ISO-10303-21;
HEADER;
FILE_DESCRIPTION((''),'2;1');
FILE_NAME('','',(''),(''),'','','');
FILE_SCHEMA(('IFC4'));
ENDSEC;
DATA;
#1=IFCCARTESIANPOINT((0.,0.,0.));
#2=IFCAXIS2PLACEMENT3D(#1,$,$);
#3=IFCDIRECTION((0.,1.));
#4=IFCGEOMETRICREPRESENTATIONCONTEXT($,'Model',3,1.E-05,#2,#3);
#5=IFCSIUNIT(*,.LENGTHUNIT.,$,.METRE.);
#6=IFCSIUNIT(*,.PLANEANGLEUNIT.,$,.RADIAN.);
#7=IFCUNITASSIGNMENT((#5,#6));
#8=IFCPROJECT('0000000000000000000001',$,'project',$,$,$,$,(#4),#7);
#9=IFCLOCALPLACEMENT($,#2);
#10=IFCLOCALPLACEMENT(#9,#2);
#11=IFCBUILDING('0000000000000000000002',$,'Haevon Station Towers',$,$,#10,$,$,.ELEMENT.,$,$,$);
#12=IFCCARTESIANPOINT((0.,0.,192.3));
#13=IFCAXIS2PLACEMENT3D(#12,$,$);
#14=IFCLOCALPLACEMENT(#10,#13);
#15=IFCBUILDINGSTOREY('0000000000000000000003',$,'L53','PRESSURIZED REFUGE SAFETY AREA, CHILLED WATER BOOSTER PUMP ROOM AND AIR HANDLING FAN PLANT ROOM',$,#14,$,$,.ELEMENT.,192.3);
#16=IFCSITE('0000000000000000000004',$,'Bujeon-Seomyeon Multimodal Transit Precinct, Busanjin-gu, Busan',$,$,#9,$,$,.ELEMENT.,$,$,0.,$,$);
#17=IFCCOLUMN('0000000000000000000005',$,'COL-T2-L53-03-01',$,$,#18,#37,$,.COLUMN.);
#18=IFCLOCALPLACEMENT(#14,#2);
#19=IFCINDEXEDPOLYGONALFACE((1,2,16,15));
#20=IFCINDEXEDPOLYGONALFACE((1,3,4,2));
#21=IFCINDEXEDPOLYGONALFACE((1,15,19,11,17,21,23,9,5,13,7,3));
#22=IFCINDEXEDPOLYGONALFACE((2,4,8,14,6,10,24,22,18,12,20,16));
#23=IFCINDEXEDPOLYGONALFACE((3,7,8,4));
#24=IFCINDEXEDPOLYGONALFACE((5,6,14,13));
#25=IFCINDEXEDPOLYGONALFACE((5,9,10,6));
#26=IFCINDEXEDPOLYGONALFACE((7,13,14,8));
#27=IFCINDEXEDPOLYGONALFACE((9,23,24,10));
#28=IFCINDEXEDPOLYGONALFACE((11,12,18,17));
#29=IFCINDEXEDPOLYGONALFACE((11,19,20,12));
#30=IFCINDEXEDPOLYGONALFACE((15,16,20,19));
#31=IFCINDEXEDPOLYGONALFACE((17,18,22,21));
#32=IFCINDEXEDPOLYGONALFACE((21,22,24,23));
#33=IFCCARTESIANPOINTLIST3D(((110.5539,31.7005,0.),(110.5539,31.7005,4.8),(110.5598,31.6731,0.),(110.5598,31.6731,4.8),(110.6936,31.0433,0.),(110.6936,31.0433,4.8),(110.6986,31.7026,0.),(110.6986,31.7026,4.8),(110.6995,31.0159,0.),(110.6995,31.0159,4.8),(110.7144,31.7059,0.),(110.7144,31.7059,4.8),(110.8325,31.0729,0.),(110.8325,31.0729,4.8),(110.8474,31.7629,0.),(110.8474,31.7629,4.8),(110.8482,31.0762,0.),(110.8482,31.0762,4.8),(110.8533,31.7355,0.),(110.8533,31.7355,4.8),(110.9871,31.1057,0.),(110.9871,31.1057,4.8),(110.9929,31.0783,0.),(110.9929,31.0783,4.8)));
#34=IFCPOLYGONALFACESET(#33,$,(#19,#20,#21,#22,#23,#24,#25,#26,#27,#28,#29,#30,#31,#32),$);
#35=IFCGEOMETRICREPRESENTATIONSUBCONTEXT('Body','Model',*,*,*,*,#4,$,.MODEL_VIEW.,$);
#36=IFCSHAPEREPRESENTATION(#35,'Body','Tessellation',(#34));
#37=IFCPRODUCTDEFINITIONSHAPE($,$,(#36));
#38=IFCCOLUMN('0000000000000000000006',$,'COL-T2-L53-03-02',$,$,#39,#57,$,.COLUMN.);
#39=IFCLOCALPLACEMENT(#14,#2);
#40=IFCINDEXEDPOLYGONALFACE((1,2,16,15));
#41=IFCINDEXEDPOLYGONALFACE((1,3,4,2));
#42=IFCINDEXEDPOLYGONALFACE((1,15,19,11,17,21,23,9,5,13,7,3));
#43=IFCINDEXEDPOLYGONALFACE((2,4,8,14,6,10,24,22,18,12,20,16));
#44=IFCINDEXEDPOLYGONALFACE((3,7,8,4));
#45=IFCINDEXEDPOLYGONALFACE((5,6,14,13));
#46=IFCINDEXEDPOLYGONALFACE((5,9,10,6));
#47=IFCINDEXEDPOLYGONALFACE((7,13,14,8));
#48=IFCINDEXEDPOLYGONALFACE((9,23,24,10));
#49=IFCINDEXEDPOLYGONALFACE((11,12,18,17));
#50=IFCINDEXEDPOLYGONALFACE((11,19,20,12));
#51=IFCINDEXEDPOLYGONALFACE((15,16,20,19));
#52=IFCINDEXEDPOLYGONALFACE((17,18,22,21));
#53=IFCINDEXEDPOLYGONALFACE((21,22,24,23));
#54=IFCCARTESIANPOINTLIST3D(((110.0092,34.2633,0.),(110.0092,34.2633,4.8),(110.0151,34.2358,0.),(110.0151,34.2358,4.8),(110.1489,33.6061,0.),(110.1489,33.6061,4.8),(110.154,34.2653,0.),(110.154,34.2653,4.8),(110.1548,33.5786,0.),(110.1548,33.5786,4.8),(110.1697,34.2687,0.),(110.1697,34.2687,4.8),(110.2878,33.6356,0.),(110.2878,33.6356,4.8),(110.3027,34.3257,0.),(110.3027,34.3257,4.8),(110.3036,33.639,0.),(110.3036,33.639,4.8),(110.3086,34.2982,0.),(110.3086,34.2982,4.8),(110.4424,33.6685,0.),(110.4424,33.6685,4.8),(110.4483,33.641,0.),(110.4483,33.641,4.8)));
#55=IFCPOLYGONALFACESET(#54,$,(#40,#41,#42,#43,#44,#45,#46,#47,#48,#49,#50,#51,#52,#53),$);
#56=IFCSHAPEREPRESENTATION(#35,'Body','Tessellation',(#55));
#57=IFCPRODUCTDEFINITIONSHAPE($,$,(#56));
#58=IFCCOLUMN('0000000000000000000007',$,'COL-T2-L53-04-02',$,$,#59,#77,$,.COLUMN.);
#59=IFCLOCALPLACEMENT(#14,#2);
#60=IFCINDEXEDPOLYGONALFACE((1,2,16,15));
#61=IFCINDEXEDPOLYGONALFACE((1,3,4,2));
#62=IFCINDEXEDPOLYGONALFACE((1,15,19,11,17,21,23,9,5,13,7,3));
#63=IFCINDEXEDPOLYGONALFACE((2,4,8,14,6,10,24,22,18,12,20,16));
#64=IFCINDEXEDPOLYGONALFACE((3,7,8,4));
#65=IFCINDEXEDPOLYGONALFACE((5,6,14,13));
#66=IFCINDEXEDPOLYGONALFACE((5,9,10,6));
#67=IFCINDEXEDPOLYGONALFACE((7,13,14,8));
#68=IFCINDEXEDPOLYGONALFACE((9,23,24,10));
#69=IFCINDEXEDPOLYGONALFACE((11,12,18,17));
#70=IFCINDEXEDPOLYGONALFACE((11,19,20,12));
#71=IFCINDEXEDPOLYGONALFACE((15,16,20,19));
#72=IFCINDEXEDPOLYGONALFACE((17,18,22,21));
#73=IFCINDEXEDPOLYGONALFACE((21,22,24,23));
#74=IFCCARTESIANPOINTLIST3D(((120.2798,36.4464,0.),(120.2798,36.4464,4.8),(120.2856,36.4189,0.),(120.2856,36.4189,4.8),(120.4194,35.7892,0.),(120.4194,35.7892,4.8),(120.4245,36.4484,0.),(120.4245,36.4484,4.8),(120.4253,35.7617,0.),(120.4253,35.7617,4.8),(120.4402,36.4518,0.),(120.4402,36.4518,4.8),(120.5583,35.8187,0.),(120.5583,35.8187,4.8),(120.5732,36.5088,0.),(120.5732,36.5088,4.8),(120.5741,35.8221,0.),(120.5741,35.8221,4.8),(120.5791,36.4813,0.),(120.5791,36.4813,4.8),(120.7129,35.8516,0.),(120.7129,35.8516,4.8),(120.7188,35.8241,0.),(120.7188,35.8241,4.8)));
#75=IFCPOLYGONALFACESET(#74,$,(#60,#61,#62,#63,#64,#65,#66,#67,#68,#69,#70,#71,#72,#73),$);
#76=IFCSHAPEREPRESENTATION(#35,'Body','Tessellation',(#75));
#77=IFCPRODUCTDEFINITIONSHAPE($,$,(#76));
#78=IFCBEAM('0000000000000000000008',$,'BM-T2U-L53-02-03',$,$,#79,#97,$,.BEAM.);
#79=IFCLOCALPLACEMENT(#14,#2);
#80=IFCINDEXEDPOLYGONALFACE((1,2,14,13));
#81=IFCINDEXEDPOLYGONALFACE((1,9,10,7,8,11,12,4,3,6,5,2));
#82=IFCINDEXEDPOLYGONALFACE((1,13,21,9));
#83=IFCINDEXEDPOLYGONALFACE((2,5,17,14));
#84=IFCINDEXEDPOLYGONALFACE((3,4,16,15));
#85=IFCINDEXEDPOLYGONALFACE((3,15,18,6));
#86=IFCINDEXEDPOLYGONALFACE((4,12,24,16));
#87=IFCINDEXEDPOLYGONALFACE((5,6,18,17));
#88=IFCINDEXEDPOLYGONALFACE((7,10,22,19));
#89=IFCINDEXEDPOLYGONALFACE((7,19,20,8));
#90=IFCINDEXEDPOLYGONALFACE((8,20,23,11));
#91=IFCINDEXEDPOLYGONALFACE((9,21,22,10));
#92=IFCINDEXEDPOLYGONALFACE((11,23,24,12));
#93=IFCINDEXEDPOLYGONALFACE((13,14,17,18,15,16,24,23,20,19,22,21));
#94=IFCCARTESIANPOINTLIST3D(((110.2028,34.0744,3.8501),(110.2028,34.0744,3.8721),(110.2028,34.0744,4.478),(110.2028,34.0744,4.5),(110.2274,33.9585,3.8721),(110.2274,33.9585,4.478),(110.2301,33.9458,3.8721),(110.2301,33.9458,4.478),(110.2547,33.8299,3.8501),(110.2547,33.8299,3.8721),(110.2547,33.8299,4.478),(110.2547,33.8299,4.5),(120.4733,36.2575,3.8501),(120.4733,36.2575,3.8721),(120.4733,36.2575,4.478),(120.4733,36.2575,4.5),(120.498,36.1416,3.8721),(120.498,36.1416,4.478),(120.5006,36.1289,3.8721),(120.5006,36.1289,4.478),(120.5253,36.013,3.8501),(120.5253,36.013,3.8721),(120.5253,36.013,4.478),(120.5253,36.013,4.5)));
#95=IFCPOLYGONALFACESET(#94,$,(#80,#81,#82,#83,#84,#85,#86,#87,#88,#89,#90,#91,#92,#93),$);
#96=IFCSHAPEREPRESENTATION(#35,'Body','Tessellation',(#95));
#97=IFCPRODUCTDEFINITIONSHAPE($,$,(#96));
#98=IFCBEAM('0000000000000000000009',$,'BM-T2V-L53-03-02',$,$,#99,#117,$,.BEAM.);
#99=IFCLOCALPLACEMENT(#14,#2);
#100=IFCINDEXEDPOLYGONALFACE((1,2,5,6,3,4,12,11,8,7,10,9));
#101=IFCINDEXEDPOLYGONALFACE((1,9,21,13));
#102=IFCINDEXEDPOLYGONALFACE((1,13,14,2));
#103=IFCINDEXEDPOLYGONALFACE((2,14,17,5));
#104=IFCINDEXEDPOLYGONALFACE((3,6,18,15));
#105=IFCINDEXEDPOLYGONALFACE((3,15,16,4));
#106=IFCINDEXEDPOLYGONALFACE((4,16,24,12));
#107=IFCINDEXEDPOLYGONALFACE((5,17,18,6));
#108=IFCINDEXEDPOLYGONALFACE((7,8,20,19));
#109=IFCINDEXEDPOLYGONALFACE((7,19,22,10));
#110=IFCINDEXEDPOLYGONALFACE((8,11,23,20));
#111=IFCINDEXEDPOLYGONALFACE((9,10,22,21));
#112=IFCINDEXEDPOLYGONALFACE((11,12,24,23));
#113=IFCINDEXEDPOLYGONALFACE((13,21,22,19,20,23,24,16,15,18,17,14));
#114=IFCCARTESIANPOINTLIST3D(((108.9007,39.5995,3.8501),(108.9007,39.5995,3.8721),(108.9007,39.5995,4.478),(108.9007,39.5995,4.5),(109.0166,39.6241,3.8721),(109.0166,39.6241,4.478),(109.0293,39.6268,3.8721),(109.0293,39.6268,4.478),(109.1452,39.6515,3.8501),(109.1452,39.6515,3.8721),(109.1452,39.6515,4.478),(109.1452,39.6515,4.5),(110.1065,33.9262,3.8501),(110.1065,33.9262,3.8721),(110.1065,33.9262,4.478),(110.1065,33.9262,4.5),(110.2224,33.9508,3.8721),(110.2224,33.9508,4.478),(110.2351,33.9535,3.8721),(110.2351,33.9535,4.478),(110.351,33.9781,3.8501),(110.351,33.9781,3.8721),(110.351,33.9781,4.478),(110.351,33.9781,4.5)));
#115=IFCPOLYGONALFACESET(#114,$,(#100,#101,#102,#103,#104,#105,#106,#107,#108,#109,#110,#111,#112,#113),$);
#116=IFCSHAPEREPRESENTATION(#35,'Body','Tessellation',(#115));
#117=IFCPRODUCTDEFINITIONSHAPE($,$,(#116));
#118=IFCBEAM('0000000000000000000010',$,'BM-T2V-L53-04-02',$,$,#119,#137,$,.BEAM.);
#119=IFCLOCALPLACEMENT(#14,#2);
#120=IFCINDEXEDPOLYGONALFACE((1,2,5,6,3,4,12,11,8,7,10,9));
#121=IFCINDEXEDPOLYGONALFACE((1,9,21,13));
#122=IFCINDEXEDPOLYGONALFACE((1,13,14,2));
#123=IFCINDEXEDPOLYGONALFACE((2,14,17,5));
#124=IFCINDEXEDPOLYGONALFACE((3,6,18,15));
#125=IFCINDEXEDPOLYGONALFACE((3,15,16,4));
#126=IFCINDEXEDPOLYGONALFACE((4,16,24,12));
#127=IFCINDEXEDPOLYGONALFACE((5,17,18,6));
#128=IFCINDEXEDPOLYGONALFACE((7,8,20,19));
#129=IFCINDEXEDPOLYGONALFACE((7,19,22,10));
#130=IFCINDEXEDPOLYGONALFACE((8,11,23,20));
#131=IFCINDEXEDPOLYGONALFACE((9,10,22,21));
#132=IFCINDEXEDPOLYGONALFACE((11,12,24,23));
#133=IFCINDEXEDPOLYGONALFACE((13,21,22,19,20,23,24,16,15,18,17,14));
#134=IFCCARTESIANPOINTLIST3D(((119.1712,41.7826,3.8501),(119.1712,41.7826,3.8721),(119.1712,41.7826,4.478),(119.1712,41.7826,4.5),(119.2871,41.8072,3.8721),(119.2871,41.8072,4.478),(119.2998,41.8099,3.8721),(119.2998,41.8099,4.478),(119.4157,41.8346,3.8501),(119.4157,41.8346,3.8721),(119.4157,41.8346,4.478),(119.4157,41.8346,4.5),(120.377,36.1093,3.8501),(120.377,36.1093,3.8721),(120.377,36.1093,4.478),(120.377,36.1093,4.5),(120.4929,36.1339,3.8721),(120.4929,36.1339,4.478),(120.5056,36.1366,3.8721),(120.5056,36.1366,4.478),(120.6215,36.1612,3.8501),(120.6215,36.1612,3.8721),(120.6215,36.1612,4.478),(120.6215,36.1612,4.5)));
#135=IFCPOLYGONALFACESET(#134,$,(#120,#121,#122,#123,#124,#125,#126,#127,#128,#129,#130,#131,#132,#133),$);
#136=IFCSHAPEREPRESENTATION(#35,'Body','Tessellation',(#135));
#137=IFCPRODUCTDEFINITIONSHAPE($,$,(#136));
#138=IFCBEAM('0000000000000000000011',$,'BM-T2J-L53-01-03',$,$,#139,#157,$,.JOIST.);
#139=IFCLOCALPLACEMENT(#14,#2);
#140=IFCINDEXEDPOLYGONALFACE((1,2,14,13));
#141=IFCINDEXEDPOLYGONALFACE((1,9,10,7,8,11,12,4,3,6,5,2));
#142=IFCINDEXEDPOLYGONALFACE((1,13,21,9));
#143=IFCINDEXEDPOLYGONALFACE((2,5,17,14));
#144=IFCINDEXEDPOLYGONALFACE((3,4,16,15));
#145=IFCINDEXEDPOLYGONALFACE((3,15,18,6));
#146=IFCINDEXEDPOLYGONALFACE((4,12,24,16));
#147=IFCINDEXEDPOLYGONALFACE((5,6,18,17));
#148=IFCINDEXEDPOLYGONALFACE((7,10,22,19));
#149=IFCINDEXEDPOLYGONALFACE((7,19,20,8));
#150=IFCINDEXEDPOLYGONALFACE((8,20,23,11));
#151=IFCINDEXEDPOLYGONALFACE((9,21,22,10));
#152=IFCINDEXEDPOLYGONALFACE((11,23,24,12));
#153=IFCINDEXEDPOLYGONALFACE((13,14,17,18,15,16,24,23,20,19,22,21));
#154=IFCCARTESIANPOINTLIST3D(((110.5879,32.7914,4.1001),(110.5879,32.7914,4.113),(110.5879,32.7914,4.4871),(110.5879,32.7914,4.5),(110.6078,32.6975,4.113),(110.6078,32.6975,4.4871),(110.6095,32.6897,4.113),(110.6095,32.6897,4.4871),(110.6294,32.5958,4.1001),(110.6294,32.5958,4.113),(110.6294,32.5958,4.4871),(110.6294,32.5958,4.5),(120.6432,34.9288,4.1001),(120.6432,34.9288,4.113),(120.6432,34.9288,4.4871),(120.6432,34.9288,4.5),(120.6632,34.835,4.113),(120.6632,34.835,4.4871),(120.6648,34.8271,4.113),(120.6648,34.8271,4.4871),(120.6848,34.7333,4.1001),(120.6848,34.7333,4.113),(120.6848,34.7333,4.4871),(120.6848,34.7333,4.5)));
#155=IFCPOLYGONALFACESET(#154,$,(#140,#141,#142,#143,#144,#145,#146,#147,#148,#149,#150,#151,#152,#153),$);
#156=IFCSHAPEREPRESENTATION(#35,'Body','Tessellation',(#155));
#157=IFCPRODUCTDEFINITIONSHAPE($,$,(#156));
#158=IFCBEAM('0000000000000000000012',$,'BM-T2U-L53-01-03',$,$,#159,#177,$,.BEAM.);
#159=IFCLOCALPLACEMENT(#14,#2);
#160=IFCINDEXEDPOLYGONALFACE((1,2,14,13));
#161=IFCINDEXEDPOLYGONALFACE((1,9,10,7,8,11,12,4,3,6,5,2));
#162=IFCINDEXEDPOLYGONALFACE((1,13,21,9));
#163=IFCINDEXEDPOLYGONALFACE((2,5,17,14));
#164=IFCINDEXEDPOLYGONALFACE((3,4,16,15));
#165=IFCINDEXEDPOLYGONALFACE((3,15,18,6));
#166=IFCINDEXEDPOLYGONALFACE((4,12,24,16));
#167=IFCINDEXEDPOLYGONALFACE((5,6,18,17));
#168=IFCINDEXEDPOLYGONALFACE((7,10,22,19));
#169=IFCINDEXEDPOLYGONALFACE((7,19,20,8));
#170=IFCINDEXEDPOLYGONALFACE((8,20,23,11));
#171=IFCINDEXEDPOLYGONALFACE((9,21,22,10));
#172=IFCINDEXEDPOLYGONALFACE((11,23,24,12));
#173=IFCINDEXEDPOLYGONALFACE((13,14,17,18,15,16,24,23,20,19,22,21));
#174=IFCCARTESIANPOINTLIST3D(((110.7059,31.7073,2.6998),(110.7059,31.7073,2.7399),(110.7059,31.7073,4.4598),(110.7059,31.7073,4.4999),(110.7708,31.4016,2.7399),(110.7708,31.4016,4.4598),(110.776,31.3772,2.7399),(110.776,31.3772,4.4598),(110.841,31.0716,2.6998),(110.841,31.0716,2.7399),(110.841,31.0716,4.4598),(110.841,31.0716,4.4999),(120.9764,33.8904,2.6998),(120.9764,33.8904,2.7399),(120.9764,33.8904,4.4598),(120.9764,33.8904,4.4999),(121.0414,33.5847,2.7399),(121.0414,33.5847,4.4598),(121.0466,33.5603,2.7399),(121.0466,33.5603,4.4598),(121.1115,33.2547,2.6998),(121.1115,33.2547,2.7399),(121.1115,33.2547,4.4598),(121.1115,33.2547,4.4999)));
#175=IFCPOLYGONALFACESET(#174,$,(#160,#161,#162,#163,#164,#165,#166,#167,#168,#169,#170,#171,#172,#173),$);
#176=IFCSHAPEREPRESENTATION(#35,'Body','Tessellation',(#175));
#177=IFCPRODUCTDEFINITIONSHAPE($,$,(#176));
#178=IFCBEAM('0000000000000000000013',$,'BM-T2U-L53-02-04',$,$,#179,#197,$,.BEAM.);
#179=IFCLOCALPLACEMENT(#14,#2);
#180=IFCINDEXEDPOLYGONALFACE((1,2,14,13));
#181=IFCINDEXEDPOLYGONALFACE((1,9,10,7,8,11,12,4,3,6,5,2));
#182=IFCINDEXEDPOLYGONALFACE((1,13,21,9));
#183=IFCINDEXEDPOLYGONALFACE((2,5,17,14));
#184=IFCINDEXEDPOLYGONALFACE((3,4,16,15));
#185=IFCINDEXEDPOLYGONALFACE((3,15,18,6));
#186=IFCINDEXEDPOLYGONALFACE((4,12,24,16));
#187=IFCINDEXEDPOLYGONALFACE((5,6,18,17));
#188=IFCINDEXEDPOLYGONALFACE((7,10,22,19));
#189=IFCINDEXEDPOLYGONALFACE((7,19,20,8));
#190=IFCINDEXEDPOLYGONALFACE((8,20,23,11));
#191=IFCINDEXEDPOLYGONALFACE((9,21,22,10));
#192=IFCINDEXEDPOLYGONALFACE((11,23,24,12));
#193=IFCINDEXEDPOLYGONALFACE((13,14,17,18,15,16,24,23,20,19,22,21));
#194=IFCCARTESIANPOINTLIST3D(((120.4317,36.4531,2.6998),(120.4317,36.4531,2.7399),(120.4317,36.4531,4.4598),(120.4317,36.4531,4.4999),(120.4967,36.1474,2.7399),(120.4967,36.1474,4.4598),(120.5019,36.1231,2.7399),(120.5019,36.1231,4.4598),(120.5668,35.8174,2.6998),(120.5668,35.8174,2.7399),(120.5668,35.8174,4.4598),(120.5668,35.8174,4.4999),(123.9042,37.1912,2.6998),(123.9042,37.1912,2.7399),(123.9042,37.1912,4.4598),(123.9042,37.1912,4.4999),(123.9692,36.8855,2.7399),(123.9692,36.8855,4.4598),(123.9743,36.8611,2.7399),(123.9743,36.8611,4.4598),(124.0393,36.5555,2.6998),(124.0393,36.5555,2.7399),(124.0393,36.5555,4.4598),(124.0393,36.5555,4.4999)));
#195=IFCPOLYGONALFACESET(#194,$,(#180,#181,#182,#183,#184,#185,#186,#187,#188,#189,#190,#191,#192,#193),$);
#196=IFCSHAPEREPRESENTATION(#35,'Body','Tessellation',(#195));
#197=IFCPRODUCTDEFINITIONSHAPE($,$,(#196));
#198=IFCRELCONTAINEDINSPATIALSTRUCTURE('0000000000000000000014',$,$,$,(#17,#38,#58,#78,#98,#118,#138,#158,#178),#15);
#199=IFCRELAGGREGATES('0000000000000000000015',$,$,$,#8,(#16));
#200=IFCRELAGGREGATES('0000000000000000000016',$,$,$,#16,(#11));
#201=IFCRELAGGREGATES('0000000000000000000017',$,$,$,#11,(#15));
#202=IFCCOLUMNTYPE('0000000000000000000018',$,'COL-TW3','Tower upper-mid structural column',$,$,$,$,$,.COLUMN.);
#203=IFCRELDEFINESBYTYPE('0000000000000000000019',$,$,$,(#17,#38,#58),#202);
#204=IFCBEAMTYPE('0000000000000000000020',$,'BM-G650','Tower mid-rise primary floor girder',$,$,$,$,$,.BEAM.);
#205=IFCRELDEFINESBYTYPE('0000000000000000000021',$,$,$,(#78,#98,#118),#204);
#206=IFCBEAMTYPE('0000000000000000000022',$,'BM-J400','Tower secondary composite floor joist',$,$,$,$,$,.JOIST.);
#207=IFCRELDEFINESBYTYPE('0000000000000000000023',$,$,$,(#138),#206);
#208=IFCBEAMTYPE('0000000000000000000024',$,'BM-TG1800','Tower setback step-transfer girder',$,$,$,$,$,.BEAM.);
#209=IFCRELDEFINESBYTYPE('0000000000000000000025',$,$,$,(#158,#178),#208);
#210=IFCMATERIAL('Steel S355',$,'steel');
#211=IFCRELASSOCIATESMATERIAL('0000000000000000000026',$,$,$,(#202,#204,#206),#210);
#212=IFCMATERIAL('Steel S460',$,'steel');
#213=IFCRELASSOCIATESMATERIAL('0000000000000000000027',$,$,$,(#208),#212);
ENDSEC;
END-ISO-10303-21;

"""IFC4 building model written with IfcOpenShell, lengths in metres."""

from ifc_helpers import new_model, si_unit, direction, frame, origin, origin_2d, place, context, subcontext, project, spatial, i_section, extrude, material, material_profile, profile_set, type_object, element, save


model = new_model("IFC4")

# Units and contexts
model_context = context("Model", 3, precision=1e-05, world=origin(), true_north=direction((0.0, 1.0)))
body_context = subcontext(model_context, "Body", "Model", "MODEL_VIEW")
ifc_project = project(units=[si_unit("LENGTHUNIT", "METRE"), si_unit("PLANEANGLEUNIT", "RADIAN")], contexts=[model_context])

# Site, building, storey
site_placement = place(None, origin())
site = spatial("IfcSite", under=ifc_project, at=site_placement, Name="Bujeon-Seomyeon Multimodal Transit Precinct, Busanjin-gu, Busan", CompositionType="ELEMENT", RefElevation=0.0)
building_placement = place(site_placement, origin())
building = spatial("IfcBuilding", under=site, at=building_placement, Name="Haevon Station Towers", CompositionType="ELEMENT")
storey_placement = place(building_placement, frame((0.0, 0.0, 192.3)))
storey = spatial("IfcBuildingStorey", under=building, at=storey_placement, Name="L53", Description="PRESSURIZED REFUGE SAFETY AREA, CHILLED WATER BOOSTER PUMP ROOM AND AIR HANDLING FAN PLANT ROOM", CompositionType="ELEMENT", Elevation=192.3)

# Columns
ifc_material_1 = material(Name="Steel S355", Category="steel")
ifc_material_profile_1 = material_profile(ifc_material_1, i_section(OverallWidth=0.3, OverallDepth=0.7, WebThickness=0.0161, FlangeThickness=0.0281, at=origin_2d()), Name="H-700x300x16x28")
ifc_profile_set_1 = profile_set([ifc_material_profile_1], Name="Steel S355")
column_type = type_object("IfcColumnType", Name="COL-TW3", Description="Tower upper-mid structural column", PredefinedType="COLUMN", material=ifc_profile_set_1)
for number, where, z_axis, x_axis, name in (
    (1, (110.7734, 31.3894, 0.0), (0.0, 0.0, 1.0), (0.978148, 0.207912, 0.0), "COL-T2-L53-03-01"),
    (2, (110.2288, 33.9521, 0.0), (0.0, 0.0, 1.0), (0.978148, 0.207912, 0.0), "COL-T2-L53-03-02"),
    (3, (120.4993, 36.1353, 0.0), (0.0, 0.0, 1.0), (0.978148, 0.207912, 0.0), "COL-T2-L53-04-02"),
):
    element("IfcColumn", number, at=place(storey_placement, frame(where, z_axis=z_axis, x_axis=x_axis)), inside=storey, type_object=column_type, Name=name, PredefinedType="COLUMN", context=body_context, shape_type="SweptSolid", body=[
        extrude(i_section(OverallWidth=0.3, OverallDepth=0.7, WebThickness=0.0161, FlangeThickness=0.0281, at=origin_2d()), origin(), (0.0, 0.0, 1.0), 4.8),
    ])

# Beams
ifc_material_profile_2 = material_profile(ifc_material_1, i_section(OverallWidth=0.25, OverallDepth=0.6499, WebThickness=0.0129, FlangeThickness=0.022, at=origin_2d()), Name="H-650x250x13x22")
ifc_profile_set_2 = profile_set([ifc_material_profile_2], Name="Steel S355")
beam_type_1 = type_object("IfcBeamType", Name="BM-G650", Description="Tower mid-rise primary floor girder", PredefinedType="BEAM", material=ifc_profile_set_2)
beam_1_placement = place(storey_placement, frame((110.2288, 33.9521, 4.175), z_axis=(0.978147, 0.207915, 0.0), x_axis=(-0.207915, 0.978147, 0.0)))
element("IfcBeam", 4, at=beam_1_placement, inside=storey, type_object=beam_type_1, Name="BM-T2U-L53-02-03", PredefinedType="BEAM", context=body_context, shape_type="SweptSolid", body=[
    extrude(i_section(OverallWidth=0.25, OverallDepth=0.6499, WebThickness=0.0129, FlangeThickness=0.022, at=origin_2d()), origin(), (0.0, 0.0, 1.0), 10.5),
])
for number, where, z_axis, x_axis, name in (
    (5, (110.2288, 33.9521, 4.175), (-0.207896, 0.978151, 0.0), (-0.978151, -0.207896, 0.0), "BM-T2V-L53-03-02"),
    (6, (120.4993, 36.1353, 4.175), (-0.207896, 0.978151, 0.0), (-0.978151, -0.207896, 0.0), "BM-T2V-L53-04-02"),
):
    element("IfcBeam", number, at=place(storey_placement, frame(where, z_axis=z_axis, x_axis=x_axis)), inside=storey, type_object=beam_type_1, Name=name, PredefinedType="BEAM", context=body_context, shape_type="SweptSolid", body=[
        extrude(i_section(OverallWidth=0.25, OverallDepth=0.6499, WebThickness=0.0129, FlangeThickness=0.022, at=origin_2d()), origin(), (0.0, 0.0, 1.0), 5.8),
    ])
ifc_material_profile_3 = material_profile(ifc_material_1, i_section(OverallWidth=0.2, OverallDepth=0.3999, WebThickness=0.0081, FlangeThickness=0.0129, at=origin_2d()), Name="H-400x200x8x13")
ifc_profile_set_3 = profile_set([ifc_material_profile_3], Name="Steel S355")
beam_type_2 = type_object("IfcBeamType", Name="BM-J400", Description="Tower secondary composite floor joist", PredefinedType="JOIST", material=ifc_profile_set_3)
beam_2_placement = place(storey_placement, frame((110.6086, 32.6936, 4.3), z_axis=(0.978146, 0.207922, 0.0), x_axis=(-0.207922, 0.978146, 0.0)))
element("IfcBeam", 7, at=beam_2_placement, inside=storey, type_object=beam_type_2, Name="BM-T2J-L53-01-03", PredefinedType="JOIST", context=body_context, shape_type="SweptSolid", body=[
    extrude(i_section(OverallWidth=0.2, OverallDepth=0.3999, WebThickness=0.0081, FlangeThickness=0.0129, at=origin_2d()), origin(), (0.0, 0.0, 1.0), 10.28),
])
ifc_material_2 = material(Name="Steel S460", Category="steel")
ifc_material_profile_4 = material_profile(ifc_material_2, i_section(OverallWidth=0.6499, OverallDepth=1.8, WebThickness=0.0249, FlangeThickness=0.04, at=origin_2d()), Name="H-1800x650x25x40")
ifc_profile_set_4 = profile_set([ifc_material_profile_4], Name="Steel S460")
beam_type_3 = type_object("IfcBeamType", Name="BM-TG1800", Description="Tower setback step-transfer girder", PredefinedType="BEAM", material=ifc_profile_set_4)
beam_3_placement = place(storey_placement, frame((110.7734, 31.3894, 3.5999), z_axis=(0.978147, 0.207915, 0.0), x_axis=(-0.207915, 0.978147, 0.0)))
element("IfcBeam", 8, at=beam_3_placement, inside=storey, type_object=beam_type_3, Name="BM-T2U-L53-01-03", PredefinedType="BEAM", context=body_context, shape_type="SweptSolid", body=[
    extrude(i_section(OverallWidth=0.6499, OverallDepth=1.8, WebThickness=0.0249, FlangeThickness=0.04, at=origin_2d()), origin(), (0.0, 0.0, 1.0), 10.5),
])
beam_4_placement = place(storey_placement, frame((120.4993, 36.1353, 3.5999), z_axis=(0.97815, 0.207899, 0.0), x_axis=(-0.207899, 0.97815, 0.0)))
element("IfcBeam", 9, at=beam_4_placement, inside=storey, type_object=beam_type_3, Name="BM-T2U-L53-02-04", PredefinedType="BEAM", context=body_context, shape_type="SweptSolid", body=[
    extrude(i_section(OverallWidth=0.6499, OverallDepth=1.8, WebThickness=0.0249, FlangeThickness=0.04, at=origin_2d()), origin(), (0.0, 0.0, 1.0), 3.55),
])

save(model, "model.ifc")
